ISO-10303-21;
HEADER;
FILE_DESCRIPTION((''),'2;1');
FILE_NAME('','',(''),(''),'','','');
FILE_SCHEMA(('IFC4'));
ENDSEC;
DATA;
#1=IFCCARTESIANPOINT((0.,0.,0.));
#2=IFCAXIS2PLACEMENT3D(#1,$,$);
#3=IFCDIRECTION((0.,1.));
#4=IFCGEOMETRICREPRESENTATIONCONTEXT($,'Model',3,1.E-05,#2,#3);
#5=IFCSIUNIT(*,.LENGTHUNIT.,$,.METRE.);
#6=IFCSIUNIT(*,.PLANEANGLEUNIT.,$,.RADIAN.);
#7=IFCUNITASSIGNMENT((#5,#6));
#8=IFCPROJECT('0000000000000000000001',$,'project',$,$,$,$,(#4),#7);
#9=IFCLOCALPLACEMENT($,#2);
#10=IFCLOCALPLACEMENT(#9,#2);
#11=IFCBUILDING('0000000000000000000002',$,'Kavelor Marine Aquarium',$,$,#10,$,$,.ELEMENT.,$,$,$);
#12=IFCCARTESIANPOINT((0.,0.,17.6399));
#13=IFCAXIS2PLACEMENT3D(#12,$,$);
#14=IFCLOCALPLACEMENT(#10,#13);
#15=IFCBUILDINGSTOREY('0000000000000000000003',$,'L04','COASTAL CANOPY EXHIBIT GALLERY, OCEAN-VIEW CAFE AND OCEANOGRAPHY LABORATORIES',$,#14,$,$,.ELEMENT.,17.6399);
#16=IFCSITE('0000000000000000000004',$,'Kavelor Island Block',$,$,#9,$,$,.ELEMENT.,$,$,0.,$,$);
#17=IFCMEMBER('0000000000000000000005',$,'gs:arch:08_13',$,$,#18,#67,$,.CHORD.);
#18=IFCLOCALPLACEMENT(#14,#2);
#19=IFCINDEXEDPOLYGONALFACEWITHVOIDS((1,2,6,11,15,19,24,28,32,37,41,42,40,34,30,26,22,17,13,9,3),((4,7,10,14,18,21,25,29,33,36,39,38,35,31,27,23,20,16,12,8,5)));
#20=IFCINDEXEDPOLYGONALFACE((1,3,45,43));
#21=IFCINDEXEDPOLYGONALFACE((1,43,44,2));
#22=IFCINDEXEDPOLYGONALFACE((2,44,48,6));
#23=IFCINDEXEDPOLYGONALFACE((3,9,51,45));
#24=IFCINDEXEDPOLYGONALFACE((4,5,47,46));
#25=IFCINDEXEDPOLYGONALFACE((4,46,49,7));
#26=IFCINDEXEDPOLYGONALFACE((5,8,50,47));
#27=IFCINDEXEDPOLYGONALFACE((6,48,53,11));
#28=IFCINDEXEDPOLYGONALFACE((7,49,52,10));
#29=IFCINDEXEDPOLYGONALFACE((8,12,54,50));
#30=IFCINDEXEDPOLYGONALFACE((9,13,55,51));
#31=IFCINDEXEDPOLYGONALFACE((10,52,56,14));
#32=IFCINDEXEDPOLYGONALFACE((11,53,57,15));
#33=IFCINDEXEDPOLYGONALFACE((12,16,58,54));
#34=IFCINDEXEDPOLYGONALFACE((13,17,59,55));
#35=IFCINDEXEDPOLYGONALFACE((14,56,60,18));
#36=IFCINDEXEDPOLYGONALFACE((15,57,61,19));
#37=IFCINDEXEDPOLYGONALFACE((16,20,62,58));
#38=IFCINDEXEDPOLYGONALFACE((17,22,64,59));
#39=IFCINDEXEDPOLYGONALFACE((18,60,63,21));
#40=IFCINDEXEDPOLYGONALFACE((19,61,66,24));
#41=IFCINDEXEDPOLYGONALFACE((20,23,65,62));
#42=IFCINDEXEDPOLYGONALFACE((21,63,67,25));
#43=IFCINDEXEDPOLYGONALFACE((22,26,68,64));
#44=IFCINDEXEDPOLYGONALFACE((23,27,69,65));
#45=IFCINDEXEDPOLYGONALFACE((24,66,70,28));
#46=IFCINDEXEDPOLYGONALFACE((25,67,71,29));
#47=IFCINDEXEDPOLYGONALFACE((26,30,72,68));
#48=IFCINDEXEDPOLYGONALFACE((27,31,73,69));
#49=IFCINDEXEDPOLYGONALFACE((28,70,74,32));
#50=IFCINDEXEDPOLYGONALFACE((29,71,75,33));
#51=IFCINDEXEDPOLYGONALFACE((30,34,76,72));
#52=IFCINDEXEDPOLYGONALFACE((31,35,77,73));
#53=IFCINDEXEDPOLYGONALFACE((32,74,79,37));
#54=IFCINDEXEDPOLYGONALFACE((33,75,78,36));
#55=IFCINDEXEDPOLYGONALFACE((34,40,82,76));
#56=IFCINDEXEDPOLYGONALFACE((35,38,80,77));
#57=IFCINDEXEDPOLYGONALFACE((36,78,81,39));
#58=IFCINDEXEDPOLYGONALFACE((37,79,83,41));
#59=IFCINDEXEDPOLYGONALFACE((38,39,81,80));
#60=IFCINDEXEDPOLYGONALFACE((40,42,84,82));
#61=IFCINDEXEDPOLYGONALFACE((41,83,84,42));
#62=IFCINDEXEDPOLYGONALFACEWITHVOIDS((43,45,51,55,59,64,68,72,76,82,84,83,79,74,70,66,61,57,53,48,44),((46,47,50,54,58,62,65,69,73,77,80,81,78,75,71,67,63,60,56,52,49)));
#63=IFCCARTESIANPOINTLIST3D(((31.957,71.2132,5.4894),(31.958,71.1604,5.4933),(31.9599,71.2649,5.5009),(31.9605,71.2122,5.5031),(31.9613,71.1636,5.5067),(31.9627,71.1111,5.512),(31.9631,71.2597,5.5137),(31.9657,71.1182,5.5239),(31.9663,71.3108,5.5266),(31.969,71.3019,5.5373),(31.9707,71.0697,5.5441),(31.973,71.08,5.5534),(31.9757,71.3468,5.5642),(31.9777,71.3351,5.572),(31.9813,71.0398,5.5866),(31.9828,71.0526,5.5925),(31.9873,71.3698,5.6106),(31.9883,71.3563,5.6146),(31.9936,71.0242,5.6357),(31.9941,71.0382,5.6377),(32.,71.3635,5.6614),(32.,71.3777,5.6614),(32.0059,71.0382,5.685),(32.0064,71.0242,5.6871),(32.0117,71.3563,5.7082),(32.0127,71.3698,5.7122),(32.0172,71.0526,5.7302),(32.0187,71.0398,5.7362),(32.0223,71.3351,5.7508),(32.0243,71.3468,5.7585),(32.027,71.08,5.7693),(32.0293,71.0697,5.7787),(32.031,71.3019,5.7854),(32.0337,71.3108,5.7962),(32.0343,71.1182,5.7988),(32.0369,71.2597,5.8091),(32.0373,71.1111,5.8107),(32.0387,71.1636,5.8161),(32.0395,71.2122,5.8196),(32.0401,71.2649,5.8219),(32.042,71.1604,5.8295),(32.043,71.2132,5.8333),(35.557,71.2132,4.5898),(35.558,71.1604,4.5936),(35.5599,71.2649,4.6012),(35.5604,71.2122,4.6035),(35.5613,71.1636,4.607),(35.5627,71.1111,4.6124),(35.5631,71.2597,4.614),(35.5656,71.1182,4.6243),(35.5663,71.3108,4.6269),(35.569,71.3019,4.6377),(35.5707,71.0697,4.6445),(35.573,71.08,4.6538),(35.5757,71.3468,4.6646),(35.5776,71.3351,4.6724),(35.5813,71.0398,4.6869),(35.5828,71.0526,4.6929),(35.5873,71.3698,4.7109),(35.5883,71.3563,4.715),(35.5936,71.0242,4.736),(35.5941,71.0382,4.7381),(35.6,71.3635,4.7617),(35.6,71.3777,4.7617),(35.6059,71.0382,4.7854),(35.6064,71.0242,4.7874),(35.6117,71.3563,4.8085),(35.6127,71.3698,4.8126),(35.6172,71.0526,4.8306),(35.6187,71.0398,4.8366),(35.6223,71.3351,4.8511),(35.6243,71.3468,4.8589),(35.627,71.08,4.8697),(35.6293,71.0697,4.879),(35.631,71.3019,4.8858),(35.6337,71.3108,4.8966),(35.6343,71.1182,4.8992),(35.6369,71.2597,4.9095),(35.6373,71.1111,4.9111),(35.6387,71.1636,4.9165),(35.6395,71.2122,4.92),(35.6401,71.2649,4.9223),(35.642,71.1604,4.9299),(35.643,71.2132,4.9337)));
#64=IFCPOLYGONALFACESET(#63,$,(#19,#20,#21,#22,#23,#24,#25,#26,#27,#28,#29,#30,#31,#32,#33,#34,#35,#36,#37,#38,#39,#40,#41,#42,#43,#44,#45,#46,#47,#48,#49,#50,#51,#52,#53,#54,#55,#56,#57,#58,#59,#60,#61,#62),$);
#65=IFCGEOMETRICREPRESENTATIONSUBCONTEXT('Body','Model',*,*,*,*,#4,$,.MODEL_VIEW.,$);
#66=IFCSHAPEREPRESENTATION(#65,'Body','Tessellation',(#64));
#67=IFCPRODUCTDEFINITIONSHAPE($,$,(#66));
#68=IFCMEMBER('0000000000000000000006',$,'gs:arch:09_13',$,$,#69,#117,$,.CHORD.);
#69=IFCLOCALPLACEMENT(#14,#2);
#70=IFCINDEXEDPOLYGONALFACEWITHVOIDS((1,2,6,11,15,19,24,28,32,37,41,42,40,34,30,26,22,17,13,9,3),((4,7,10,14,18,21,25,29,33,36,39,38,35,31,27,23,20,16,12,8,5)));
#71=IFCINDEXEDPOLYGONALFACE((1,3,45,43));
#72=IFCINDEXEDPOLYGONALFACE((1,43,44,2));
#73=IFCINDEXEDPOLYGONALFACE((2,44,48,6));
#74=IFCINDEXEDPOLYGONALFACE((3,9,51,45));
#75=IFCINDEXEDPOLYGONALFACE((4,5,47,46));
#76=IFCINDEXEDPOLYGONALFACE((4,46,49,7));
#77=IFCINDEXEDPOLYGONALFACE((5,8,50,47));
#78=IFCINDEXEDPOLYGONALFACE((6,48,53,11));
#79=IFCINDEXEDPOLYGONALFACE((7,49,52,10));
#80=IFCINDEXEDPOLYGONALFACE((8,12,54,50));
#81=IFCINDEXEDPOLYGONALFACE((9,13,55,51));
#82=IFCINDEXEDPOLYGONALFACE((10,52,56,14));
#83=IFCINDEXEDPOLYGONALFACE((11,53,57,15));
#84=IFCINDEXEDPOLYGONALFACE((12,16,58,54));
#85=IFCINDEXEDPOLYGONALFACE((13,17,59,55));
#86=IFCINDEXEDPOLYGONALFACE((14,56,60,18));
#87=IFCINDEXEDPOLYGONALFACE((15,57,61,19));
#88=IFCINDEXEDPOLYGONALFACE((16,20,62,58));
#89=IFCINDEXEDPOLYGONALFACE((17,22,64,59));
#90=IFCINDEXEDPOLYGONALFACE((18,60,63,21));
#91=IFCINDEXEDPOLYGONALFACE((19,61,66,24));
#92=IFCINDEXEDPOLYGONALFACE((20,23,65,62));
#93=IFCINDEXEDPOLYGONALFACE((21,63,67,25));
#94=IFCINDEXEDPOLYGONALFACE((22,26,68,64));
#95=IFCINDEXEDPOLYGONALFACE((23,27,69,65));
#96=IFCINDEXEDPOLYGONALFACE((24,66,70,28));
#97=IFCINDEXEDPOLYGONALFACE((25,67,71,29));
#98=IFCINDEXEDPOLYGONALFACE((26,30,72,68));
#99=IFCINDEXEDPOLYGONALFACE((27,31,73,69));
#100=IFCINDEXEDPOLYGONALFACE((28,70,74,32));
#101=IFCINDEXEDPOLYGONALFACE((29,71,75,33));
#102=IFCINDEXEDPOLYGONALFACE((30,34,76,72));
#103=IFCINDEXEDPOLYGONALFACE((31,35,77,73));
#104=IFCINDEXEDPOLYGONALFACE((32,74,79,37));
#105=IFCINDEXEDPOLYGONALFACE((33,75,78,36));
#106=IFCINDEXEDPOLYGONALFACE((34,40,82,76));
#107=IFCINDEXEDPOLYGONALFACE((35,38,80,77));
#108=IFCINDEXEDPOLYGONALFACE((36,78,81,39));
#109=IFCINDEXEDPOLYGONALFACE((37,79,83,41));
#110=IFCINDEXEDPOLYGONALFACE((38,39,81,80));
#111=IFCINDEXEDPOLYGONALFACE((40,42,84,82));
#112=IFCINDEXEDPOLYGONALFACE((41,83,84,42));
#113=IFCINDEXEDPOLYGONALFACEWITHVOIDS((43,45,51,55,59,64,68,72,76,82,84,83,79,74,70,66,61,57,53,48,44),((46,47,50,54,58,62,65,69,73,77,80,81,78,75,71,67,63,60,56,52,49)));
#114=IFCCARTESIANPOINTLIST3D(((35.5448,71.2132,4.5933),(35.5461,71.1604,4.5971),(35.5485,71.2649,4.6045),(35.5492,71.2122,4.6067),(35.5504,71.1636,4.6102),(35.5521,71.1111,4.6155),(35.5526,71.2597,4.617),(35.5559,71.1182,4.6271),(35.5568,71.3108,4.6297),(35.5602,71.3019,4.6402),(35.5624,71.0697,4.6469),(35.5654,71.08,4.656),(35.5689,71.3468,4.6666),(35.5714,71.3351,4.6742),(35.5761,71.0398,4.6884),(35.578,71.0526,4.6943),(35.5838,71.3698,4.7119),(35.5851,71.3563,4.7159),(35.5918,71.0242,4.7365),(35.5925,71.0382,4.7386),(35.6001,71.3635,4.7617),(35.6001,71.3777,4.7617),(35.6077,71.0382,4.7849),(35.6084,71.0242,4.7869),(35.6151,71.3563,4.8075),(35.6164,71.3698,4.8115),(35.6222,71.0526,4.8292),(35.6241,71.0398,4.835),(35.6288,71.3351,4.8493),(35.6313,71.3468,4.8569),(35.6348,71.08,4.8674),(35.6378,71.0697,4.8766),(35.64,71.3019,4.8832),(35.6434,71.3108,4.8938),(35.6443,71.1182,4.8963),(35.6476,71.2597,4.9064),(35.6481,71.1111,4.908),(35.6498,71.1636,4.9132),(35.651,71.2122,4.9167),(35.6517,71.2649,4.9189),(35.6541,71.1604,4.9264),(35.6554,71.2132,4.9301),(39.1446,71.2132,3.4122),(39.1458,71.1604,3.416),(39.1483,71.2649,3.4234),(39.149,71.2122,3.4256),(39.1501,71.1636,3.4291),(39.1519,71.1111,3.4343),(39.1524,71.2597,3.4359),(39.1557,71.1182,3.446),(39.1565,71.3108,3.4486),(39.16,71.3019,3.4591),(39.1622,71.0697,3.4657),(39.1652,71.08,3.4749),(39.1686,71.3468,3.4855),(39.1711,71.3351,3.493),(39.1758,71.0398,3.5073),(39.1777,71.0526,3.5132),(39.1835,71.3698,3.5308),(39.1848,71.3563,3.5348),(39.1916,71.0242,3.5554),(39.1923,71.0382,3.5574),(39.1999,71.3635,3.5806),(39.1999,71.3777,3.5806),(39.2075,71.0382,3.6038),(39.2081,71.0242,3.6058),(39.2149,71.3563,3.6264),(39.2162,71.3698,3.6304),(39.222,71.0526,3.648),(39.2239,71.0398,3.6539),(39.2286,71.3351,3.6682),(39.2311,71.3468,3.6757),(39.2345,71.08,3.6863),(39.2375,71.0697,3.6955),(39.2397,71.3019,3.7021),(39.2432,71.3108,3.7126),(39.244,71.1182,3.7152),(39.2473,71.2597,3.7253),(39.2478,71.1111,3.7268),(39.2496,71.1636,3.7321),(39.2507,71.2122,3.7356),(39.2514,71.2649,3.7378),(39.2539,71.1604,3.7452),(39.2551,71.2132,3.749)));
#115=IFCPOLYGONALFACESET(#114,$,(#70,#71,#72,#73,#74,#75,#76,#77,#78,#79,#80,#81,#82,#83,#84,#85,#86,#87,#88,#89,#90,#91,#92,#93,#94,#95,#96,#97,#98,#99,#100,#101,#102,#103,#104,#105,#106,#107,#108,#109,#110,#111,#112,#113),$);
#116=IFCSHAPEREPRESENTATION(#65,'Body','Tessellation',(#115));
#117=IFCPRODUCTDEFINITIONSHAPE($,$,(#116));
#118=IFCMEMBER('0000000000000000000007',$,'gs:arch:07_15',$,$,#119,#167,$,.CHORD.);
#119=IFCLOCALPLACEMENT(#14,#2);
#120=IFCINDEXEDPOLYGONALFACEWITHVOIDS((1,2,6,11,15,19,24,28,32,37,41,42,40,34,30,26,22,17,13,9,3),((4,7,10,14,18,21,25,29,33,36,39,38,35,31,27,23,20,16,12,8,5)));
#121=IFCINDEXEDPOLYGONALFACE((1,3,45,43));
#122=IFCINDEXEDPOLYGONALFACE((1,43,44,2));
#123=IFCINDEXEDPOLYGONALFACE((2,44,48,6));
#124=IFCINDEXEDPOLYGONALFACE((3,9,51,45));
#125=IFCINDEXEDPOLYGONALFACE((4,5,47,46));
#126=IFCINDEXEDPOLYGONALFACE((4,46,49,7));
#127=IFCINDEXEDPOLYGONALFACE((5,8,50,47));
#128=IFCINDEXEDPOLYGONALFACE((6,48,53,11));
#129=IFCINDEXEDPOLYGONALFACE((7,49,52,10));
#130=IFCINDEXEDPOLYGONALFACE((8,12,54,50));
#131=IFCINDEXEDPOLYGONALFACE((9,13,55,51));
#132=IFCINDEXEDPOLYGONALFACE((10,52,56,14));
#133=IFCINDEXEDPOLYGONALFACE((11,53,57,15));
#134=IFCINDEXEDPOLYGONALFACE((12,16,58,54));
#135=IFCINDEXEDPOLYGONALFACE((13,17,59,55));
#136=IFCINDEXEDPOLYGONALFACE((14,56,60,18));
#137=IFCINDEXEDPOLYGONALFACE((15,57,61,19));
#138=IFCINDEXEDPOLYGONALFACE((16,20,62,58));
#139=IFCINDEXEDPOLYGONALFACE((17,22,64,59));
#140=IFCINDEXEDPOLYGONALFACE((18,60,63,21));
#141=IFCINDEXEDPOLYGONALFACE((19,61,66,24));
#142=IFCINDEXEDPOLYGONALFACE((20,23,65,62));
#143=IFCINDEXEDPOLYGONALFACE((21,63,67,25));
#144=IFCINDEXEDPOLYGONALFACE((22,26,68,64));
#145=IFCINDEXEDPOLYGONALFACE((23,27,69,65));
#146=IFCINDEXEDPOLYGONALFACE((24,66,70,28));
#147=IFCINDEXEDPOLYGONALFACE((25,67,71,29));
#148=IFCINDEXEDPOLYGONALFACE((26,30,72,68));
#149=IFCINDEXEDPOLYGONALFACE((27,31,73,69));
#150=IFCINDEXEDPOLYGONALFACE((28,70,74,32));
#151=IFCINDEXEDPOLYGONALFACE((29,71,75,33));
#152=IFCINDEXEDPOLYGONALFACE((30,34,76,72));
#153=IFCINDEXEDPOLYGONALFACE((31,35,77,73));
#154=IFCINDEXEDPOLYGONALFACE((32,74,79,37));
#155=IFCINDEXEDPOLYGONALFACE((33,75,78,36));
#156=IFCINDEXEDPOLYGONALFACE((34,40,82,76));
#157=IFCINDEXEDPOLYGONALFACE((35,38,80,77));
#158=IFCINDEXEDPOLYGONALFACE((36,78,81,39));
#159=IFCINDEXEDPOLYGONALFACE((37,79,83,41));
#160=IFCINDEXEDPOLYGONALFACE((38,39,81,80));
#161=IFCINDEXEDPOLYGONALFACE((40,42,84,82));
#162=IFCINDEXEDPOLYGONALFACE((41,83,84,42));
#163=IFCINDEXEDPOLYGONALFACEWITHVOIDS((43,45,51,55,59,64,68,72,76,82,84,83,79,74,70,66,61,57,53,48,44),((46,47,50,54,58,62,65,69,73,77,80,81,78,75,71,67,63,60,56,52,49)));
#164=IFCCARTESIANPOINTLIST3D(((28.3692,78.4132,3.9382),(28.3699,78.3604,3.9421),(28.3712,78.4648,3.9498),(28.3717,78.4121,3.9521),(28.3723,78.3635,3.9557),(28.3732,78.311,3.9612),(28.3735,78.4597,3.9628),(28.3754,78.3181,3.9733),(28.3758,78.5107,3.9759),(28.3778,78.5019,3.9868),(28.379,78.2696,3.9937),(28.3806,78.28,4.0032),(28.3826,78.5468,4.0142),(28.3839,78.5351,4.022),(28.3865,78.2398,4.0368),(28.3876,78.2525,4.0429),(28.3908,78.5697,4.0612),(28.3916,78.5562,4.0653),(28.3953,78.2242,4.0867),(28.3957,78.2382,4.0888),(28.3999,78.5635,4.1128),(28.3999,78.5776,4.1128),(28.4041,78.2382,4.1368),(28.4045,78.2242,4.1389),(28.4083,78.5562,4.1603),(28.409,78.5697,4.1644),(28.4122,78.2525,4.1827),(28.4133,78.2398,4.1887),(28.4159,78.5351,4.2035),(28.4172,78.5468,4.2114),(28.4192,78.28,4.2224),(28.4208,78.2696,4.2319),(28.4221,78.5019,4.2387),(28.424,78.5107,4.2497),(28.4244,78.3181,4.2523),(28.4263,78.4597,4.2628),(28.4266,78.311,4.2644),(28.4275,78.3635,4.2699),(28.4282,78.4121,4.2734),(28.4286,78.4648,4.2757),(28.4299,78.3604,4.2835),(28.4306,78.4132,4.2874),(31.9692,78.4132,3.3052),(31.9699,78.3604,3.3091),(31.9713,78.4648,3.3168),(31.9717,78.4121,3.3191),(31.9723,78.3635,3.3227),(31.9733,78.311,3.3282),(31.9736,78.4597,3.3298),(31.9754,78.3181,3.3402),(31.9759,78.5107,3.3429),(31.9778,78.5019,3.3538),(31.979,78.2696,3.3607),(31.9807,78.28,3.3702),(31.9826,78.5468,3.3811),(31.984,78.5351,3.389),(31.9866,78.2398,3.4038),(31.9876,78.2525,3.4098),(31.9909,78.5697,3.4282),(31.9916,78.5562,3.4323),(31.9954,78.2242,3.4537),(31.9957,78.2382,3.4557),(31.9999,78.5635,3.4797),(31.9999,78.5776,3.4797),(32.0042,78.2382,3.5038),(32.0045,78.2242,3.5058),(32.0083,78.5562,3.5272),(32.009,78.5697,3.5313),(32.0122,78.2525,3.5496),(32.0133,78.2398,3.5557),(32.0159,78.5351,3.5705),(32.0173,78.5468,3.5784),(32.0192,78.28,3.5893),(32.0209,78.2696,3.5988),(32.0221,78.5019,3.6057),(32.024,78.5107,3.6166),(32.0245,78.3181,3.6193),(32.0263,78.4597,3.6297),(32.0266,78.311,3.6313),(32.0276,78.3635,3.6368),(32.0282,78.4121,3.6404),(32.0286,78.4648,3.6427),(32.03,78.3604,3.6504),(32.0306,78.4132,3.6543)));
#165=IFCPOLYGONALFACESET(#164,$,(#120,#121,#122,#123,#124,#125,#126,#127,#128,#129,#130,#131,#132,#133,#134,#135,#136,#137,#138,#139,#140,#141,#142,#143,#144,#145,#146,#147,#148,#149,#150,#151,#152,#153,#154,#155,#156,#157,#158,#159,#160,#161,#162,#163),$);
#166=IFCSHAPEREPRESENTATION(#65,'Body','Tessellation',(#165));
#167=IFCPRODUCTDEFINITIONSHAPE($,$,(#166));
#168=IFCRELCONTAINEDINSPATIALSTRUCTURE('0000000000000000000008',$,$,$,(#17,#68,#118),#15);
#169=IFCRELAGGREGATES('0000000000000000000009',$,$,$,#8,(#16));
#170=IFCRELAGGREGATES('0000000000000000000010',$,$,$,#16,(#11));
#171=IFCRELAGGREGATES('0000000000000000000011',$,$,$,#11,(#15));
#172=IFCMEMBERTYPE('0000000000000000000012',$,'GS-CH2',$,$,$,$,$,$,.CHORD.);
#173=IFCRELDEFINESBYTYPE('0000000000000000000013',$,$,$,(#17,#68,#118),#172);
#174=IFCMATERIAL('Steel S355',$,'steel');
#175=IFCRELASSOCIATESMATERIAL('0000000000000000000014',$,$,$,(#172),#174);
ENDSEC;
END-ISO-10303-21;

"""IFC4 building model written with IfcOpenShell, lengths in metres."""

from ifc_helpers import new_model, si_unit, direction, frame, origin, origin_2d, place, context, subcontext, project, spatial, hollow_circle, extrude, material, material_profile, profile_set, type_object, element, save


model = new_model("IFC4")

# Units and contexts
model_context = context("Model", 3, precision=1e-05, world=origin(), true_north=direction((0.0, 1.0)))
body_context = subcontext(model_context, "Body", "Model", "MODEL_VIEW")
ifc_project = project(units=[si_unit("LENGTHUNIT", "METRE"), si_unit("PLANEANGLEUNIT", "RADIAN")], contexts=[model_context])

# Site, building, storey
site_placement = place(None, origin())
site = spatial("IfcSite", under=ifc_project, at=site_placement, Name="Kavelor Island Block", CompositionType="ELEMENT", RefElevation=0.0)
building_placement = place(site_placement, origin())
building = spatial("IfcBuilding", under=site, at=building_placement, Name="Kavelor Marine Aquarium", CompositionType="ELEMENT")
storey_placement = place(building_placement, frame((0.0, 0.0, 17.6399)))
storey = spatial("IfcBuildingStorey", under=building, at=storey_placement, Name="L04", Description="COASTAL CANOPY EXHIBIT GALLERY, OCEAN-VIEW CAFE AND OCEANOGRAPHY LABORATORIES", CompositionType="ELEMENT", Elevation=17.6399)

# Members
ifc_material_1 = material(Name="Steel S355", Category="steel")
ifc_material_profile_1 = material_profile(ifc_material_1, hollow_circle(Radius=0.1777, WallThickness=0.0142, at=origin_2d()), Name="CHS 355.6x14.2")
ifc_profile_set_1 = profile_set([ifc_material_profile_1], Name="Steel S355")
member_type_1 = type_object("IfcMemberType", Name="GS-CH2", PredefinedType="CHORD", material=ifc_profile_set_1)
member_1_placement = place(storey_placement, frame((32.0, 71.2, 5.6614), z_axis=(0.970166, 0.0, -0.242443), x_axis=(0.0, 1.0, 0.0)))
element("IfcMember", 1, at=member_1_placement, inside=storey, type_object=member_type_1, Name="gs:arch:08_13", PredefinedType="CHORD", context=body_context, shape_type="SweptSolid", body=[
    extrude(hollow_circle(Radius=0.1777, WallThickness=0.0142, at=origin_2d()), origin(), (0.0, 0.0, 1.0), 3.7107),
])
member_2_placement = place(storey_placement, frame((35.6001, 71.2, 4.7617), z_axis=(0.950161, 0.0, -0.311759), x_axis=(0.0, 1.0, 0.0)))
element("IfcMember", 2, at=member_2_placement, inside=storey, type_object=member_type_1, Name="gs:arch:09_13", PredefinedType="CHORD", context=body_context, shape_type="SweptSolid", body=[
    extrude(hollow_circle(Radius=0.1777, WallThickness=0.0142, at=origin_2d()), origin(), (0.0, 0.0, 1.0), 3.7886),
])
member_3_placement = place(storey_placement, frame((28.3999, 78.3999, 4.1128), z_axis=(0.984889, 0.0, -0.173187), x_axis=(0.0, 1.0, 0.0)))
element("IfcMember", 3, at=member_3_placement, inside=storey, type_object=member_type_1, Name="gs:arch:07_15", PredefinedType="CHORD", context=body_context, shape_type="SweptSolid", body=[
    extrude(hollow_circle(Radius=0.1777, WallThickness=0.0142, at=origin_2d()), origin(), (0.0, 0.0, 1.0), 3.6553),
])

save(model, "model.ifc")
